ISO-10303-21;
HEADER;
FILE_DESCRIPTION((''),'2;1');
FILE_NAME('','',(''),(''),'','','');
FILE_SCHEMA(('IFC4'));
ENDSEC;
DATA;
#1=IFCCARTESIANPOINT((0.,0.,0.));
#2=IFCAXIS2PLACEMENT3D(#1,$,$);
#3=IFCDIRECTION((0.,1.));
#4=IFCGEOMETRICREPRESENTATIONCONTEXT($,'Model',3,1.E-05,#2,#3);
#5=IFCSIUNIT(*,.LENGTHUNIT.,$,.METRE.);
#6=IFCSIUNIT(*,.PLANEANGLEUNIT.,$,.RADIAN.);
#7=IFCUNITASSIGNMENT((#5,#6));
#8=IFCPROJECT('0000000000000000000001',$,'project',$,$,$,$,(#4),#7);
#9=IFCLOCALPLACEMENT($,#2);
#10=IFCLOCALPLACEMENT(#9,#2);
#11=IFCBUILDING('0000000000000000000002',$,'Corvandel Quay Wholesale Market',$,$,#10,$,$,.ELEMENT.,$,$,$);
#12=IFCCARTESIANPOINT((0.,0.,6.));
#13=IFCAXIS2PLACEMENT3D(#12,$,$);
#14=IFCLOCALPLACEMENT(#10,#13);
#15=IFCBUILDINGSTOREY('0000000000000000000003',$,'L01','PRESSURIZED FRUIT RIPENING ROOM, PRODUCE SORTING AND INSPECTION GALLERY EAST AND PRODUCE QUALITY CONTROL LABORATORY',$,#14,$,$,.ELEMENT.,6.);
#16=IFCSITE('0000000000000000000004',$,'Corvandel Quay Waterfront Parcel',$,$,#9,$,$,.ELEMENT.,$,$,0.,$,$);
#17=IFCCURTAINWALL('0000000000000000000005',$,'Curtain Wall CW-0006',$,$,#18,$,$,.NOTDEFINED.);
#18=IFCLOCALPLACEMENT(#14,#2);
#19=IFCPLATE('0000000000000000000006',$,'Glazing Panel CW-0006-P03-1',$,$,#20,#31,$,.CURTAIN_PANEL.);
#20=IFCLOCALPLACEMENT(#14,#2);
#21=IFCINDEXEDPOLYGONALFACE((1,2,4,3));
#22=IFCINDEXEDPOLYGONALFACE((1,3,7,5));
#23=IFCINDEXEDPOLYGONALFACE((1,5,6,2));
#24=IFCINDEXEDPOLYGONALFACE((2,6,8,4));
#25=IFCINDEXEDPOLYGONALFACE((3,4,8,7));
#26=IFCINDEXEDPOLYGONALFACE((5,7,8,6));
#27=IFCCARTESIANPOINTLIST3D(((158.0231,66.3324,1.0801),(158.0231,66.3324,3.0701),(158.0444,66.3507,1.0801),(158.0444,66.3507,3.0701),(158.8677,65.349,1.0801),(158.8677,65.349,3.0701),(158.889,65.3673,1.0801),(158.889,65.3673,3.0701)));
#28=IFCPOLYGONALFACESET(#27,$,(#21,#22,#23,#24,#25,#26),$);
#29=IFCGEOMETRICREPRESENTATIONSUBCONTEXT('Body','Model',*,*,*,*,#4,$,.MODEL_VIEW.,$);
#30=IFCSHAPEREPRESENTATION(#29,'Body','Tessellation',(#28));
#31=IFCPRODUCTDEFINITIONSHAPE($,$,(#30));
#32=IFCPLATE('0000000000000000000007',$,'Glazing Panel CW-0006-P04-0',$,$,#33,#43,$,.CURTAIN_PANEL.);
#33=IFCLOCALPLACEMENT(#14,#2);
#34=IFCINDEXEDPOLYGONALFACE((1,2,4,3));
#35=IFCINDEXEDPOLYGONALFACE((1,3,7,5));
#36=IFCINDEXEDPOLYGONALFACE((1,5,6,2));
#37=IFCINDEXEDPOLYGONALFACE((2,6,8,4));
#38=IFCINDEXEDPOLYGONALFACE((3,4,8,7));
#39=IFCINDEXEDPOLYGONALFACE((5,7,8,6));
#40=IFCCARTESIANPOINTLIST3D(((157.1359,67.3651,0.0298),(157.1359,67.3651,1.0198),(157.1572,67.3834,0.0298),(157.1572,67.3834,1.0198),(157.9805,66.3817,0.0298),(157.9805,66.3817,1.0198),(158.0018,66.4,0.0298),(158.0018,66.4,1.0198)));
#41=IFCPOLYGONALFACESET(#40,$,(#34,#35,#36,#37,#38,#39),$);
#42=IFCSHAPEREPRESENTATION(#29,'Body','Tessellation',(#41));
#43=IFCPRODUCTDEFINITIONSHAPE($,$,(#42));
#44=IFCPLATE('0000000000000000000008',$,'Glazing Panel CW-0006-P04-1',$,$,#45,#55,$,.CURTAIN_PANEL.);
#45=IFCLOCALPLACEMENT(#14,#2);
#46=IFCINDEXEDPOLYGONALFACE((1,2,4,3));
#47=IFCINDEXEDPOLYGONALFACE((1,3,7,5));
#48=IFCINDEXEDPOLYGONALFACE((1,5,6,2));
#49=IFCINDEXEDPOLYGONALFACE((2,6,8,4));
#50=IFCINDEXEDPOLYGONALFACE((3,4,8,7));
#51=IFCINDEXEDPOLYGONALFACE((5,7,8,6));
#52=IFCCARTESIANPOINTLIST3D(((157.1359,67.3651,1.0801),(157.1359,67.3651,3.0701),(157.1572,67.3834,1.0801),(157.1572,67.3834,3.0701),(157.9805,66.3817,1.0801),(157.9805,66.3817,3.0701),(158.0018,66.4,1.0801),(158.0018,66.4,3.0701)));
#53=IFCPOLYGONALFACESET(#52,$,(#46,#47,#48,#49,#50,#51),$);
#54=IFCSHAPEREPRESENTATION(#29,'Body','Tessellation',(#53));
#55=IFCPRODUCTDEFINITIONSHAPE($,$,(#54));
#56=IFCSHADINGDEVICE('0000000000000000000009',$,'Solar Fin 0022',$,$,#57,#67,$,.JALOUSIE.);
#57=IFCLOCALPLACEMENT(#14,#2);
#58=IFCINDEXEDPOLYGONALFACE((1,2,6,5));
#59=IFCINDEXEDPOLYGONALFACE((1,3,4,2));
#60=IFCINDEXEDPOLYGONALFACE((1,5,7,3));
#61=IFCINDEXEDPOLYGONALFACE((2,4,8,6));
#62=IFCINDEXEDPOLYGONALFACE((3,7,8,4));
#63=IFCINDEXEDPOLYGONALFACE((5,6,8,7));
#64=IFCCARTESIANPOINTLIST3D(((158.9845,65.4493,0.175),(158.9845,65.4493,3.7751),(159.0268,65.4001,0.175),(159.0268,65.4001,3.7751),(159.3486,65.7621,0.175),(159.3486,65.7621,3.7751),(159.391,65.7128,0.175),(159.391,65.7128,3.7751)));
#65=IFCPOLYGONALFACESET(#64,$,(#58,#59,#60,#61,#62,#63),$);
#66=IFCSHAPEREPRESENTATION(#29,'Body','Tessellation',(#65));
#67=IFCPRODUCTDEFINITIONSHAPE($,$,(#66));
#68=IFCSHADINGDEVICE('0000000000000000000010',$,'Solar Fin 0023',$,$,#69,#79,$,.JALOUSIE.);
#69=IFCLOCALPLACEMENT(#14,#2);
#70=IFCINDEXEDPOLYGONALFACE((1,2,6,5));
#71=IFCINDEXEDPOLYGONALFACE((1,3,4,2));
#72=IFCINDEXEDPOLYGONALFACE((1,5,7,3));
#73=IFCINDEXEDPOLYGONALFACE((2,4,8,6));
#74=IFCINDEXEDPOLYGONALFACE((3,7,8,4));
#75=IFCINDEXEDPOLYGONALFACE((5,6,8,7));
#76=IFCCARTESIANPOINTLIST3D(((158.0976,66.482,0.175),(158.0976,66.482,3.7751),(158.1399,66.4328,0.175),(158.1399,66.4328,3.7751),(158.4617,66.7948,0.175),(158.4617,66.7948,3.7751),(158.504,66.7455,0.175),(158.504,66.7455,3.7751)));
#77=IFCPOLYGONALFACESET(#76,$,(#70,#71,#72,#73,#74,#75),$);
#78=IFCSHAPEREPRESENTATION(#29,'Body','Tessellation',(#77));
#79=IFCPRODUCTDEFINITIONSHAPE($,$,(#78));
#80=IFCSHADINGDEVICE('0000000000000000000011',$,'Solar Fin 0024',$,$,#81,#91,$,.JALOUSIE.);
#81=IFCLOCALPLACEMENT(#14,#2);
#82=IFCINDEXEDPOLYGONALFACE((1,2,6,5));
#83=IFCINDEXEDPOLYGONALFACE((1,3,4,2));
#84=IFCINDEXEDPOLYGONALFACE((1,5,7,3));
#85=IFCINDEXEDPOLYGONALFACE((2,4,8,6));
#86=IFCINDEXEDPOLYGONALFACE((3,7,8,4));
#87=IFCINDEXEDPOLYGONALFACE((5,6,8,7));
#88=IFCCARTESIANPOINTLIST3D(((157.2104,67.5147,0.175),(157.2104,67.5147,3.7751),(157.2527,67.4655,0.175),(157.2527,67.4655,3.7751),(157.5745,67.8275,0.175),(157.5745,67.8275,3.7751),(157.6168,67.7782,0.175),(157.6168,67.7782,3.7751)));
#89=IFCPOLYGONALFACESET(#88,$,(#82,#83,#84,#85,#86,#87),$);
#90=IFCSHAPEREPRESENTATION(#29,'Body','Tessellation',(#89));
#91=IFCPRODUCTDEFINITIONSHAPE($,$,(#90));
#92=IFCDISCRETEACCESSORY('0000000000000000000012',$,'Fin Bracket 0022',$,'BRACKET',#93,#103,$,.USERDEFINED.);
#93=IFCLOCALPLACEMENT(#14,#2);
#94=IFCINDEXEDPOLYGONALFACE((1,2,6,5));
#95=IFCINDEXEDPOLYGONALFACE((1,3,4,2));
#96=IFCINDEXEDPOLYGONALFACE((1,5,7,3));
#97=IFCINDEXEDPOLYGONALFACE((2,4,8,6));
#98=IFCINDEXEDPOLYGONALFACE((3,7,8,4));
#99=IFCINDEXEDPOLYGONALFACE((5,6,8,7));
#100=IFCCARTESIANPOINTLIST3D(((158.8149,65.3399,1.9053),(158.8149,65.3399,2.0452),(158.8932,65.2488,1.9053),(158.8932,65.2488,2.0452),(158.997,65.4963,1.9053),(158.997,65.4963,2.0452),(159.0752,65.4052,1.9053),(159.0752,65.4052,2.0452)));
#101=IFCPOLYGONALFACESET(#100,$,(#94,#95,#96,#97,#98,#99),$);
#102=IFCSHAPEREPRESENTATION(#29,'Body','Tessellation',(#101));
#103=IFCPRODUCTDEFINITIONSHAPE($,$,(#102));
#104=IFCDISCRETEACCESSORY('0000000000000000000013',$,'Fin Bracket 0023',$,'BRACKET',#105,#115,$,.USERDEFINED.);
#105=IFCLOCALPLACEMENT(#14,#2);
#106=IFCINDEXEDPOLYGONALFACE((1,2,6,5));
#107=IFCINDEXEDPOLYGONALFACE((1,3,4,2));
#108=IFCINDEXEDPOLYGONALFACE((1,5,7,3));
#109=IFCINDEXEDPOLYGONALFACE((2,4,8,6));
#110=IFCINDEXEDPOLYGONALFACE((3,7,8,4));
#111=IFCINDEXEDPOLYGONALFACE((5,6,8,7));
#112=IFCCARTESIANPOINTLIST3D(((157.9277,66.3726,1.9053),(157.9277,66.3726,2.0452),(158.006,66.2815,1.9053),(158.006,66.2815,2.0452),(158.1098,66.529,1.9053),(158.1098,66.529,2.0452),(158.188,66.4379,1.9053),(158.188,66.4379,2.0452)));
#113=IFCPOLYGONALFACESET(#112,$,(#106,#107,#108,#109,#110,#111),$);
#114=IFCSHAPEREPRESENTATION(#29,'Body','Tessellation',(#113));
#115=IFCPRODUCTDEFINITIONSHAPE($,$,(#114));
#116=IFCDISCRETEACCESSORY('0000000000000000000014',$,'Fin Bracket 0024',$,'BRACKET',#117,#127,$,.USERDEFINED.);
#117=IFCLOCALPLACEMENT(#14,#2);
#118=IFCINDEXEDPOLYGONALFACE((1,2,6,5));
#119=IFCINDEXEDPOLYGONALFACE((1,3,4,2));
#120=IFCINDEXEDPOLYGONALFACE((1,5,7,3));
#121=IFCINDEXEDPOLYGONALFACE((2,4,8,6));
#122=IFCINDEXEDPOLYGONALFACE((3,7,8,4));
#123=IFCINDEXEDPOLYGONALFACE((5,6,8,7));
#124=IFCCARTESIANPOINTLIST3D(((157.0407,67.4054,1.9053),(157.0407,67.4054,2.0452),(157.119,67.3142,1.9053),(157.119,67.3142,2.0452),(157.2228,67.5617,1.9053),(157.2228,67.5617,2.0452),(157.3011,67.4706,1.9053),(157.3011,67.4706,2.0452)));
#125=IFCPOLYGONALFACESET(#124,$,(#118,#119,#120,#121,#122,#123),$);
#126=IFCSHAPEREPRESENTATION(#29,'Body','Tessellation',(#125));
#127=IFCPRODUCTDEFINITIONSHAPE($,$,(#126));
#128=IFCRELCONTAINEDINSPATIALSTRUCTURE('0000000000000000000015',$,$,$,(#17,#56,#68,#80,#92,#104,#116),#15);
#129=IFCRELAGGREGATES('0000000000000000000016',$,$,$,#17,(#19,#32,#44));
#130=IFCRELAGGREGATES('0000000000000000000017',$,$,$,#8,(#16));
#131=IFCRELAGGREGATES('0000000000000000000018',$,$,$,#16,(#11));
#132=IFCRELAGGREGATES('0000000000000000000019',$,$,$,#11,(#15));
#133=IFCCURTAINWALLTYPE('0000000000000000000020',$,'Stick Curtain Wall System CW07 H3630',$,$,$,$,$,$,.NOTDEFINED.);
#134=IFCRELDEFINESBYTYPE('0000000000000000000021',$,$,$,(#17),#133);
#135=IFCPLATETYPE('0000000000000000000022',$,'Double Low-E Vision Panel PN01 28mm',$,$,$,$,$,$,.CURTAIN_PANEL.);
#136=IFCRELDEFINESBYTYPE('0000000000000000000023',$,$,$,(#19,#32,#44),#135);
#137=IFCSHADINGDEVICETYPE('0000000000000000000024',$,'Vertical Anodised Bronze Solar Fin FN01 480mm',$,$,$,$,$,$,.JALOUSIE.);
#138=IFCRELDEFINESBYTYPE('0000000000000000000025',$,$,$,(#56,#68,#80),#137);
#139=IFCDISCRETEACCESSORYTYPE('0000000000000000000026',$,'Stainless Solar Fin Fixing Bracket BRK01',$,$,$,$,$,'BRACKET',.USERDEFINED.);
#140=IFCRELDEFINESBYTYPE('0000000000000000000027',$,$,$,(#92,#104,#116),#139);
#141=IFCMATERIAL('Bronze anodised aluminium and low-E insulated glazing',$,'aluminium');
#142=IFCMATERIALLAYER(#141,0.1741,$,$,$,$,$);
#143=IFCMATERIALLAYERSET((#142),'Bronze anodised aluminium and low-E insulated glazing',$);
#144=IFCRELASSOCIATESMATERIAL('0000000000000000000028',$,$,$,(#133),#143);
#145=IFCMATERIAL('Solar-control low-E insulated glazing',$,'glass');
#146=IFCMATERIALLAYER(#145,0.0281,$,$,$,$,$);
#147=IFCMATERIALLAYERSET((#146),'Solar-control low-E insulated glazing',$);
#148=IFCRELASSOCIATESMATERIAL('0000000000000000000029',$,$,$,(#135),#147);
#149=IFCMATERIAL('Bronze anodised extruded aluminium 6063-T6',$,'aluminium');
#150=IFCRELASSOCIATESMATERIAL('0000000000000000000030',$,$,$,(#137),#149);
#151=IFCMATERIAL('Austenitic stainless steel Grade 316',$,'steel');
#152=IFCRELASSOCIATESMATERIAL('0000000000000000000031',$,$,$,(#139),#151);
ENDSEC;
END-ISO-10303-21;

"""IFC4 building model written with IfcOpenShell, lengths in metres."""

from ifc_helpers import new_model, si_unit, direction, frame, origin, origin_2d, place, context, subcontext, project, spatial, rectangle, extrude, material, layer, layer_set, type_object, element, aggregate, save


model = new_model("IFC4")

# Units and contexts
model_context = context("Model", 3, precision=1e-05, world=origin(), true_north=direction((0.0, 1.0)))
body_context = subcontext(model_context, "Body", "Model", "MODEL_VIEW")
ifc_project = project(units=[si_unit("LENGTHUNIT", "METRE"), si_unit("PLANEANGLEUNIT", "RADIAN")], contexts=[model_context])

# Site, building, storey
site_placement = place(None, origin())
site = spatial("IfcSite", under=ifc_project, at=site_placement, Name="Corvandel Quay Waterfront Parcel", CompositionType="ELEMENT", RefElevation=0.0)
building_placement = place(site_placement, origin())
building = spatial("IfcBuilding", under=site, at=building_placement, Name="Corvandel Quay Wholesale Market", CompositionType="ELEMENT")
storey_placement = place(building_placement, frame((0.0, 0.0, 6.0)))
storey = spatial("IfcBuildingStorey", under=building, at=storey_placement, Name="L01", Description="PRESSURIZED FRUIT RIPENING ROOM, PRODUCE SORTING AND INSPECTION GALLERY EAST AND PRODUCE QUALITY CONTROL LABORATORY", CompositionType="ELEMENT", Elevation=6.0)

# Curtain wall, plates
ifc_material_1 = material(Name="Bronze anodised aluminium and low-E insulated glazing", Category="aluminium")
ifc_layer_1 = layer(ifc_material_1, 0.1741)
ifc_layer_set_1 = layer_set([ifc_layer_1], Name="Bronze anodised aluminium and low-E insulated glazing")
curtain_wall_type = type_object("IfcCurtainWallType", Name="Stick Curtain Wall System CW07 H3630", PredefinedType="NOTDEFINED", material=ifc_layer_set_1)
curtain_wall_placement = place(storey_placement, origin())
curtain_wall = element("IfcCurtainWall", 1, at=curtain_wall_placement, inside=storey, type_object=curtain_wall_type, Name="Curtain Wall CW-0006", PredefinedType="NOTDEFINED")
ifc_material_2 = material(Name="Solar-control low-E insulated glazing", Category="glass")
ifc_layer_2 = layer(ifc_material_2, 0.0281)
ifc_layer_set_2 = layer_set([ifc_layer_2], Name="Solar-control low-E insulated glazing")
plate_type_1 = type_object("IfcPlateType", Name="Double Low-E Vision Panel PN01 28mm", PredefinedType="CURTAIN_PANEL", material=ifc_layer_set_2)
plate_1_placement = place(storey_placement, frame((158.4561, 65.8499, 1.0801), z_axis=(0.0, 0.0, 1.0), x_axis=(-0.651569, 0.758589, 0.0)))
plate_1 = element("IfcPlate", 2, at=plate_1_placement, type_object=plate_type_1, Name="Glazing Panel CW-0006-P03-1", PredefinedType="CURTAIN_PANEL", context=body_context, shape_type="SweptSolid", body=[
    extrude(rectangle(XDim=1.2964, YDim=0.0281, at=origin_2d()), origin(), (0.0, 0.0, 1.0), 1.99),
])
plate_2_placement = place(storey_placement, frame((157.5688, 66.8826, 0.0298), z_axis=(0.0, 0.0, 1.0), x_axis=(-0.651569, 0.758589, 0.0)))
plate_2 = element("IfcPlate", 3, at=plate_2_placement, type_object=plate_type_1, Name="Glazing Panel CW-0006-P04-0", PredefinedType="CURTAIN_PANEL", context=body_context, shape_type="SweptSolid", body=[
    extrude(rectangle(XDim=1.2964, YDim=0.0281, at=origin_2d()), origin(), (0.0, 0.0, 1.0), 0.99),
])
plate_3_placement = place(storey_placement, frame((157.5688, 66.8826, 1.0801), z_axis=(0.0, 0.0, 1.0), x_axis=(-0.651569, 0.758589, 0.0)))
plate_3 = element("IfcPlate", 4, at=plate_3_placement, type_object=plate_type_1, Name="Glazing Panel CW-0006-P04-1", PredefinedType="CURTAIN_PANEL", context=body_context, shape_type="SweptSolid", body=[
    extrude(rectangle(XDim=1.2964, YDim=0.0281, at=origin_2d()), origin(), (0.0, 0.0, 1.0), 1.99),
])
aggregate(curtain_wall, [plate_1, plate_2, plate_3])

# Shading devices
ifc_material_3 = material(Name="Bronze anodised extruded aluminium 6063-T6", Category="aluminium")
shading_device_type = type_object("IfcShadingDeviceType", Name="Vertical Anodised Bronze Solar Fin FN01 480mm", PredefinedType="JALOUSIE", material=ifc_material_3)
for number, where, z_axis, x_axis, name in (
    (5, (159.1877, 65.5811, 0.175), (0.0, 0.0, 1.0), (0.758589, 0.651569, 0.0), "Solar Fin 0022"),
    (6, (158.3008, 66.6138, 0.175), (0.0, 0.0, 1.0), (0.758589, 0.651569, 0.0), "Solar Fin 0023"),
    (7, (157.4136, 67.6465, 0.175), (0.0, 0.0, 1.0), (0.758589, 0.651569, 0.0), "Solar Fin 0024"),
):
    element("IfcShadingDevice", number, at=place(storey_placement, frame(where, z_axis=z_axis, x_axis=x_axis)), inside=storey, type_object=shading_device_type, Name=name, PredefinedType="JALOUSIE", context=body_context, shape_type="SweptSolid", body=[
        extrude(rectangle(XDim=0.48, YDim=0.0649, at=origin_2d()), origin(), (0.0, 0.0, 1.0), 3.6001),
    ])

# Discrete accessories
ifc_material_4 = material(Name="Austenitic stainless steel Grade 316", Category="steel")
discrete_accessory_type = type_object("IfcDiscreteAccessoryType", Name="Stainless Solar Fin Fixing Bracket BRK01", ElementType="BRACKET", PredefinedType="USERDEFINED", material=ifc_material_4)
for number, where, z_axis, x_axis, name in (
    (8, (158.9451, 65.3726, 1.9053), (0.0, 0.0, 1.0), (0.758589, 0.651569, 0.0), "Fin Bracket 0022"),
    (9, (158.0579, 66.4053, 1.9053), (0.0, 0.0, 1.0), (0.758589, 0.651569, 0.0), "Fin Bracket 0023"),
    (10, (157.1709, 67.438, 1.9053), (0.0, 0.0, 1.0), (0.758589, 0.651569, 0.0), "Fin Bracket 0024"),
):
    element("IfcDiscreteAccessory", number, at=place(storey_placement, frame(where, z_axis=z_axis, x_axis=x_axis)), inside=storey, type_object=discrete_accessory_type, Name=name, ObjectType="BRACKET", PredefinedType="USERDEFINED", context=body_context, shape_type="SweptSolid", body=[
        extrude(rectangle(XDim=0.24, YDim=0.1201, at=origin_2d()), origin(), (0.0, 0.0, 1.0), 0.1399),
    ])

save(model, "model.ifc")
